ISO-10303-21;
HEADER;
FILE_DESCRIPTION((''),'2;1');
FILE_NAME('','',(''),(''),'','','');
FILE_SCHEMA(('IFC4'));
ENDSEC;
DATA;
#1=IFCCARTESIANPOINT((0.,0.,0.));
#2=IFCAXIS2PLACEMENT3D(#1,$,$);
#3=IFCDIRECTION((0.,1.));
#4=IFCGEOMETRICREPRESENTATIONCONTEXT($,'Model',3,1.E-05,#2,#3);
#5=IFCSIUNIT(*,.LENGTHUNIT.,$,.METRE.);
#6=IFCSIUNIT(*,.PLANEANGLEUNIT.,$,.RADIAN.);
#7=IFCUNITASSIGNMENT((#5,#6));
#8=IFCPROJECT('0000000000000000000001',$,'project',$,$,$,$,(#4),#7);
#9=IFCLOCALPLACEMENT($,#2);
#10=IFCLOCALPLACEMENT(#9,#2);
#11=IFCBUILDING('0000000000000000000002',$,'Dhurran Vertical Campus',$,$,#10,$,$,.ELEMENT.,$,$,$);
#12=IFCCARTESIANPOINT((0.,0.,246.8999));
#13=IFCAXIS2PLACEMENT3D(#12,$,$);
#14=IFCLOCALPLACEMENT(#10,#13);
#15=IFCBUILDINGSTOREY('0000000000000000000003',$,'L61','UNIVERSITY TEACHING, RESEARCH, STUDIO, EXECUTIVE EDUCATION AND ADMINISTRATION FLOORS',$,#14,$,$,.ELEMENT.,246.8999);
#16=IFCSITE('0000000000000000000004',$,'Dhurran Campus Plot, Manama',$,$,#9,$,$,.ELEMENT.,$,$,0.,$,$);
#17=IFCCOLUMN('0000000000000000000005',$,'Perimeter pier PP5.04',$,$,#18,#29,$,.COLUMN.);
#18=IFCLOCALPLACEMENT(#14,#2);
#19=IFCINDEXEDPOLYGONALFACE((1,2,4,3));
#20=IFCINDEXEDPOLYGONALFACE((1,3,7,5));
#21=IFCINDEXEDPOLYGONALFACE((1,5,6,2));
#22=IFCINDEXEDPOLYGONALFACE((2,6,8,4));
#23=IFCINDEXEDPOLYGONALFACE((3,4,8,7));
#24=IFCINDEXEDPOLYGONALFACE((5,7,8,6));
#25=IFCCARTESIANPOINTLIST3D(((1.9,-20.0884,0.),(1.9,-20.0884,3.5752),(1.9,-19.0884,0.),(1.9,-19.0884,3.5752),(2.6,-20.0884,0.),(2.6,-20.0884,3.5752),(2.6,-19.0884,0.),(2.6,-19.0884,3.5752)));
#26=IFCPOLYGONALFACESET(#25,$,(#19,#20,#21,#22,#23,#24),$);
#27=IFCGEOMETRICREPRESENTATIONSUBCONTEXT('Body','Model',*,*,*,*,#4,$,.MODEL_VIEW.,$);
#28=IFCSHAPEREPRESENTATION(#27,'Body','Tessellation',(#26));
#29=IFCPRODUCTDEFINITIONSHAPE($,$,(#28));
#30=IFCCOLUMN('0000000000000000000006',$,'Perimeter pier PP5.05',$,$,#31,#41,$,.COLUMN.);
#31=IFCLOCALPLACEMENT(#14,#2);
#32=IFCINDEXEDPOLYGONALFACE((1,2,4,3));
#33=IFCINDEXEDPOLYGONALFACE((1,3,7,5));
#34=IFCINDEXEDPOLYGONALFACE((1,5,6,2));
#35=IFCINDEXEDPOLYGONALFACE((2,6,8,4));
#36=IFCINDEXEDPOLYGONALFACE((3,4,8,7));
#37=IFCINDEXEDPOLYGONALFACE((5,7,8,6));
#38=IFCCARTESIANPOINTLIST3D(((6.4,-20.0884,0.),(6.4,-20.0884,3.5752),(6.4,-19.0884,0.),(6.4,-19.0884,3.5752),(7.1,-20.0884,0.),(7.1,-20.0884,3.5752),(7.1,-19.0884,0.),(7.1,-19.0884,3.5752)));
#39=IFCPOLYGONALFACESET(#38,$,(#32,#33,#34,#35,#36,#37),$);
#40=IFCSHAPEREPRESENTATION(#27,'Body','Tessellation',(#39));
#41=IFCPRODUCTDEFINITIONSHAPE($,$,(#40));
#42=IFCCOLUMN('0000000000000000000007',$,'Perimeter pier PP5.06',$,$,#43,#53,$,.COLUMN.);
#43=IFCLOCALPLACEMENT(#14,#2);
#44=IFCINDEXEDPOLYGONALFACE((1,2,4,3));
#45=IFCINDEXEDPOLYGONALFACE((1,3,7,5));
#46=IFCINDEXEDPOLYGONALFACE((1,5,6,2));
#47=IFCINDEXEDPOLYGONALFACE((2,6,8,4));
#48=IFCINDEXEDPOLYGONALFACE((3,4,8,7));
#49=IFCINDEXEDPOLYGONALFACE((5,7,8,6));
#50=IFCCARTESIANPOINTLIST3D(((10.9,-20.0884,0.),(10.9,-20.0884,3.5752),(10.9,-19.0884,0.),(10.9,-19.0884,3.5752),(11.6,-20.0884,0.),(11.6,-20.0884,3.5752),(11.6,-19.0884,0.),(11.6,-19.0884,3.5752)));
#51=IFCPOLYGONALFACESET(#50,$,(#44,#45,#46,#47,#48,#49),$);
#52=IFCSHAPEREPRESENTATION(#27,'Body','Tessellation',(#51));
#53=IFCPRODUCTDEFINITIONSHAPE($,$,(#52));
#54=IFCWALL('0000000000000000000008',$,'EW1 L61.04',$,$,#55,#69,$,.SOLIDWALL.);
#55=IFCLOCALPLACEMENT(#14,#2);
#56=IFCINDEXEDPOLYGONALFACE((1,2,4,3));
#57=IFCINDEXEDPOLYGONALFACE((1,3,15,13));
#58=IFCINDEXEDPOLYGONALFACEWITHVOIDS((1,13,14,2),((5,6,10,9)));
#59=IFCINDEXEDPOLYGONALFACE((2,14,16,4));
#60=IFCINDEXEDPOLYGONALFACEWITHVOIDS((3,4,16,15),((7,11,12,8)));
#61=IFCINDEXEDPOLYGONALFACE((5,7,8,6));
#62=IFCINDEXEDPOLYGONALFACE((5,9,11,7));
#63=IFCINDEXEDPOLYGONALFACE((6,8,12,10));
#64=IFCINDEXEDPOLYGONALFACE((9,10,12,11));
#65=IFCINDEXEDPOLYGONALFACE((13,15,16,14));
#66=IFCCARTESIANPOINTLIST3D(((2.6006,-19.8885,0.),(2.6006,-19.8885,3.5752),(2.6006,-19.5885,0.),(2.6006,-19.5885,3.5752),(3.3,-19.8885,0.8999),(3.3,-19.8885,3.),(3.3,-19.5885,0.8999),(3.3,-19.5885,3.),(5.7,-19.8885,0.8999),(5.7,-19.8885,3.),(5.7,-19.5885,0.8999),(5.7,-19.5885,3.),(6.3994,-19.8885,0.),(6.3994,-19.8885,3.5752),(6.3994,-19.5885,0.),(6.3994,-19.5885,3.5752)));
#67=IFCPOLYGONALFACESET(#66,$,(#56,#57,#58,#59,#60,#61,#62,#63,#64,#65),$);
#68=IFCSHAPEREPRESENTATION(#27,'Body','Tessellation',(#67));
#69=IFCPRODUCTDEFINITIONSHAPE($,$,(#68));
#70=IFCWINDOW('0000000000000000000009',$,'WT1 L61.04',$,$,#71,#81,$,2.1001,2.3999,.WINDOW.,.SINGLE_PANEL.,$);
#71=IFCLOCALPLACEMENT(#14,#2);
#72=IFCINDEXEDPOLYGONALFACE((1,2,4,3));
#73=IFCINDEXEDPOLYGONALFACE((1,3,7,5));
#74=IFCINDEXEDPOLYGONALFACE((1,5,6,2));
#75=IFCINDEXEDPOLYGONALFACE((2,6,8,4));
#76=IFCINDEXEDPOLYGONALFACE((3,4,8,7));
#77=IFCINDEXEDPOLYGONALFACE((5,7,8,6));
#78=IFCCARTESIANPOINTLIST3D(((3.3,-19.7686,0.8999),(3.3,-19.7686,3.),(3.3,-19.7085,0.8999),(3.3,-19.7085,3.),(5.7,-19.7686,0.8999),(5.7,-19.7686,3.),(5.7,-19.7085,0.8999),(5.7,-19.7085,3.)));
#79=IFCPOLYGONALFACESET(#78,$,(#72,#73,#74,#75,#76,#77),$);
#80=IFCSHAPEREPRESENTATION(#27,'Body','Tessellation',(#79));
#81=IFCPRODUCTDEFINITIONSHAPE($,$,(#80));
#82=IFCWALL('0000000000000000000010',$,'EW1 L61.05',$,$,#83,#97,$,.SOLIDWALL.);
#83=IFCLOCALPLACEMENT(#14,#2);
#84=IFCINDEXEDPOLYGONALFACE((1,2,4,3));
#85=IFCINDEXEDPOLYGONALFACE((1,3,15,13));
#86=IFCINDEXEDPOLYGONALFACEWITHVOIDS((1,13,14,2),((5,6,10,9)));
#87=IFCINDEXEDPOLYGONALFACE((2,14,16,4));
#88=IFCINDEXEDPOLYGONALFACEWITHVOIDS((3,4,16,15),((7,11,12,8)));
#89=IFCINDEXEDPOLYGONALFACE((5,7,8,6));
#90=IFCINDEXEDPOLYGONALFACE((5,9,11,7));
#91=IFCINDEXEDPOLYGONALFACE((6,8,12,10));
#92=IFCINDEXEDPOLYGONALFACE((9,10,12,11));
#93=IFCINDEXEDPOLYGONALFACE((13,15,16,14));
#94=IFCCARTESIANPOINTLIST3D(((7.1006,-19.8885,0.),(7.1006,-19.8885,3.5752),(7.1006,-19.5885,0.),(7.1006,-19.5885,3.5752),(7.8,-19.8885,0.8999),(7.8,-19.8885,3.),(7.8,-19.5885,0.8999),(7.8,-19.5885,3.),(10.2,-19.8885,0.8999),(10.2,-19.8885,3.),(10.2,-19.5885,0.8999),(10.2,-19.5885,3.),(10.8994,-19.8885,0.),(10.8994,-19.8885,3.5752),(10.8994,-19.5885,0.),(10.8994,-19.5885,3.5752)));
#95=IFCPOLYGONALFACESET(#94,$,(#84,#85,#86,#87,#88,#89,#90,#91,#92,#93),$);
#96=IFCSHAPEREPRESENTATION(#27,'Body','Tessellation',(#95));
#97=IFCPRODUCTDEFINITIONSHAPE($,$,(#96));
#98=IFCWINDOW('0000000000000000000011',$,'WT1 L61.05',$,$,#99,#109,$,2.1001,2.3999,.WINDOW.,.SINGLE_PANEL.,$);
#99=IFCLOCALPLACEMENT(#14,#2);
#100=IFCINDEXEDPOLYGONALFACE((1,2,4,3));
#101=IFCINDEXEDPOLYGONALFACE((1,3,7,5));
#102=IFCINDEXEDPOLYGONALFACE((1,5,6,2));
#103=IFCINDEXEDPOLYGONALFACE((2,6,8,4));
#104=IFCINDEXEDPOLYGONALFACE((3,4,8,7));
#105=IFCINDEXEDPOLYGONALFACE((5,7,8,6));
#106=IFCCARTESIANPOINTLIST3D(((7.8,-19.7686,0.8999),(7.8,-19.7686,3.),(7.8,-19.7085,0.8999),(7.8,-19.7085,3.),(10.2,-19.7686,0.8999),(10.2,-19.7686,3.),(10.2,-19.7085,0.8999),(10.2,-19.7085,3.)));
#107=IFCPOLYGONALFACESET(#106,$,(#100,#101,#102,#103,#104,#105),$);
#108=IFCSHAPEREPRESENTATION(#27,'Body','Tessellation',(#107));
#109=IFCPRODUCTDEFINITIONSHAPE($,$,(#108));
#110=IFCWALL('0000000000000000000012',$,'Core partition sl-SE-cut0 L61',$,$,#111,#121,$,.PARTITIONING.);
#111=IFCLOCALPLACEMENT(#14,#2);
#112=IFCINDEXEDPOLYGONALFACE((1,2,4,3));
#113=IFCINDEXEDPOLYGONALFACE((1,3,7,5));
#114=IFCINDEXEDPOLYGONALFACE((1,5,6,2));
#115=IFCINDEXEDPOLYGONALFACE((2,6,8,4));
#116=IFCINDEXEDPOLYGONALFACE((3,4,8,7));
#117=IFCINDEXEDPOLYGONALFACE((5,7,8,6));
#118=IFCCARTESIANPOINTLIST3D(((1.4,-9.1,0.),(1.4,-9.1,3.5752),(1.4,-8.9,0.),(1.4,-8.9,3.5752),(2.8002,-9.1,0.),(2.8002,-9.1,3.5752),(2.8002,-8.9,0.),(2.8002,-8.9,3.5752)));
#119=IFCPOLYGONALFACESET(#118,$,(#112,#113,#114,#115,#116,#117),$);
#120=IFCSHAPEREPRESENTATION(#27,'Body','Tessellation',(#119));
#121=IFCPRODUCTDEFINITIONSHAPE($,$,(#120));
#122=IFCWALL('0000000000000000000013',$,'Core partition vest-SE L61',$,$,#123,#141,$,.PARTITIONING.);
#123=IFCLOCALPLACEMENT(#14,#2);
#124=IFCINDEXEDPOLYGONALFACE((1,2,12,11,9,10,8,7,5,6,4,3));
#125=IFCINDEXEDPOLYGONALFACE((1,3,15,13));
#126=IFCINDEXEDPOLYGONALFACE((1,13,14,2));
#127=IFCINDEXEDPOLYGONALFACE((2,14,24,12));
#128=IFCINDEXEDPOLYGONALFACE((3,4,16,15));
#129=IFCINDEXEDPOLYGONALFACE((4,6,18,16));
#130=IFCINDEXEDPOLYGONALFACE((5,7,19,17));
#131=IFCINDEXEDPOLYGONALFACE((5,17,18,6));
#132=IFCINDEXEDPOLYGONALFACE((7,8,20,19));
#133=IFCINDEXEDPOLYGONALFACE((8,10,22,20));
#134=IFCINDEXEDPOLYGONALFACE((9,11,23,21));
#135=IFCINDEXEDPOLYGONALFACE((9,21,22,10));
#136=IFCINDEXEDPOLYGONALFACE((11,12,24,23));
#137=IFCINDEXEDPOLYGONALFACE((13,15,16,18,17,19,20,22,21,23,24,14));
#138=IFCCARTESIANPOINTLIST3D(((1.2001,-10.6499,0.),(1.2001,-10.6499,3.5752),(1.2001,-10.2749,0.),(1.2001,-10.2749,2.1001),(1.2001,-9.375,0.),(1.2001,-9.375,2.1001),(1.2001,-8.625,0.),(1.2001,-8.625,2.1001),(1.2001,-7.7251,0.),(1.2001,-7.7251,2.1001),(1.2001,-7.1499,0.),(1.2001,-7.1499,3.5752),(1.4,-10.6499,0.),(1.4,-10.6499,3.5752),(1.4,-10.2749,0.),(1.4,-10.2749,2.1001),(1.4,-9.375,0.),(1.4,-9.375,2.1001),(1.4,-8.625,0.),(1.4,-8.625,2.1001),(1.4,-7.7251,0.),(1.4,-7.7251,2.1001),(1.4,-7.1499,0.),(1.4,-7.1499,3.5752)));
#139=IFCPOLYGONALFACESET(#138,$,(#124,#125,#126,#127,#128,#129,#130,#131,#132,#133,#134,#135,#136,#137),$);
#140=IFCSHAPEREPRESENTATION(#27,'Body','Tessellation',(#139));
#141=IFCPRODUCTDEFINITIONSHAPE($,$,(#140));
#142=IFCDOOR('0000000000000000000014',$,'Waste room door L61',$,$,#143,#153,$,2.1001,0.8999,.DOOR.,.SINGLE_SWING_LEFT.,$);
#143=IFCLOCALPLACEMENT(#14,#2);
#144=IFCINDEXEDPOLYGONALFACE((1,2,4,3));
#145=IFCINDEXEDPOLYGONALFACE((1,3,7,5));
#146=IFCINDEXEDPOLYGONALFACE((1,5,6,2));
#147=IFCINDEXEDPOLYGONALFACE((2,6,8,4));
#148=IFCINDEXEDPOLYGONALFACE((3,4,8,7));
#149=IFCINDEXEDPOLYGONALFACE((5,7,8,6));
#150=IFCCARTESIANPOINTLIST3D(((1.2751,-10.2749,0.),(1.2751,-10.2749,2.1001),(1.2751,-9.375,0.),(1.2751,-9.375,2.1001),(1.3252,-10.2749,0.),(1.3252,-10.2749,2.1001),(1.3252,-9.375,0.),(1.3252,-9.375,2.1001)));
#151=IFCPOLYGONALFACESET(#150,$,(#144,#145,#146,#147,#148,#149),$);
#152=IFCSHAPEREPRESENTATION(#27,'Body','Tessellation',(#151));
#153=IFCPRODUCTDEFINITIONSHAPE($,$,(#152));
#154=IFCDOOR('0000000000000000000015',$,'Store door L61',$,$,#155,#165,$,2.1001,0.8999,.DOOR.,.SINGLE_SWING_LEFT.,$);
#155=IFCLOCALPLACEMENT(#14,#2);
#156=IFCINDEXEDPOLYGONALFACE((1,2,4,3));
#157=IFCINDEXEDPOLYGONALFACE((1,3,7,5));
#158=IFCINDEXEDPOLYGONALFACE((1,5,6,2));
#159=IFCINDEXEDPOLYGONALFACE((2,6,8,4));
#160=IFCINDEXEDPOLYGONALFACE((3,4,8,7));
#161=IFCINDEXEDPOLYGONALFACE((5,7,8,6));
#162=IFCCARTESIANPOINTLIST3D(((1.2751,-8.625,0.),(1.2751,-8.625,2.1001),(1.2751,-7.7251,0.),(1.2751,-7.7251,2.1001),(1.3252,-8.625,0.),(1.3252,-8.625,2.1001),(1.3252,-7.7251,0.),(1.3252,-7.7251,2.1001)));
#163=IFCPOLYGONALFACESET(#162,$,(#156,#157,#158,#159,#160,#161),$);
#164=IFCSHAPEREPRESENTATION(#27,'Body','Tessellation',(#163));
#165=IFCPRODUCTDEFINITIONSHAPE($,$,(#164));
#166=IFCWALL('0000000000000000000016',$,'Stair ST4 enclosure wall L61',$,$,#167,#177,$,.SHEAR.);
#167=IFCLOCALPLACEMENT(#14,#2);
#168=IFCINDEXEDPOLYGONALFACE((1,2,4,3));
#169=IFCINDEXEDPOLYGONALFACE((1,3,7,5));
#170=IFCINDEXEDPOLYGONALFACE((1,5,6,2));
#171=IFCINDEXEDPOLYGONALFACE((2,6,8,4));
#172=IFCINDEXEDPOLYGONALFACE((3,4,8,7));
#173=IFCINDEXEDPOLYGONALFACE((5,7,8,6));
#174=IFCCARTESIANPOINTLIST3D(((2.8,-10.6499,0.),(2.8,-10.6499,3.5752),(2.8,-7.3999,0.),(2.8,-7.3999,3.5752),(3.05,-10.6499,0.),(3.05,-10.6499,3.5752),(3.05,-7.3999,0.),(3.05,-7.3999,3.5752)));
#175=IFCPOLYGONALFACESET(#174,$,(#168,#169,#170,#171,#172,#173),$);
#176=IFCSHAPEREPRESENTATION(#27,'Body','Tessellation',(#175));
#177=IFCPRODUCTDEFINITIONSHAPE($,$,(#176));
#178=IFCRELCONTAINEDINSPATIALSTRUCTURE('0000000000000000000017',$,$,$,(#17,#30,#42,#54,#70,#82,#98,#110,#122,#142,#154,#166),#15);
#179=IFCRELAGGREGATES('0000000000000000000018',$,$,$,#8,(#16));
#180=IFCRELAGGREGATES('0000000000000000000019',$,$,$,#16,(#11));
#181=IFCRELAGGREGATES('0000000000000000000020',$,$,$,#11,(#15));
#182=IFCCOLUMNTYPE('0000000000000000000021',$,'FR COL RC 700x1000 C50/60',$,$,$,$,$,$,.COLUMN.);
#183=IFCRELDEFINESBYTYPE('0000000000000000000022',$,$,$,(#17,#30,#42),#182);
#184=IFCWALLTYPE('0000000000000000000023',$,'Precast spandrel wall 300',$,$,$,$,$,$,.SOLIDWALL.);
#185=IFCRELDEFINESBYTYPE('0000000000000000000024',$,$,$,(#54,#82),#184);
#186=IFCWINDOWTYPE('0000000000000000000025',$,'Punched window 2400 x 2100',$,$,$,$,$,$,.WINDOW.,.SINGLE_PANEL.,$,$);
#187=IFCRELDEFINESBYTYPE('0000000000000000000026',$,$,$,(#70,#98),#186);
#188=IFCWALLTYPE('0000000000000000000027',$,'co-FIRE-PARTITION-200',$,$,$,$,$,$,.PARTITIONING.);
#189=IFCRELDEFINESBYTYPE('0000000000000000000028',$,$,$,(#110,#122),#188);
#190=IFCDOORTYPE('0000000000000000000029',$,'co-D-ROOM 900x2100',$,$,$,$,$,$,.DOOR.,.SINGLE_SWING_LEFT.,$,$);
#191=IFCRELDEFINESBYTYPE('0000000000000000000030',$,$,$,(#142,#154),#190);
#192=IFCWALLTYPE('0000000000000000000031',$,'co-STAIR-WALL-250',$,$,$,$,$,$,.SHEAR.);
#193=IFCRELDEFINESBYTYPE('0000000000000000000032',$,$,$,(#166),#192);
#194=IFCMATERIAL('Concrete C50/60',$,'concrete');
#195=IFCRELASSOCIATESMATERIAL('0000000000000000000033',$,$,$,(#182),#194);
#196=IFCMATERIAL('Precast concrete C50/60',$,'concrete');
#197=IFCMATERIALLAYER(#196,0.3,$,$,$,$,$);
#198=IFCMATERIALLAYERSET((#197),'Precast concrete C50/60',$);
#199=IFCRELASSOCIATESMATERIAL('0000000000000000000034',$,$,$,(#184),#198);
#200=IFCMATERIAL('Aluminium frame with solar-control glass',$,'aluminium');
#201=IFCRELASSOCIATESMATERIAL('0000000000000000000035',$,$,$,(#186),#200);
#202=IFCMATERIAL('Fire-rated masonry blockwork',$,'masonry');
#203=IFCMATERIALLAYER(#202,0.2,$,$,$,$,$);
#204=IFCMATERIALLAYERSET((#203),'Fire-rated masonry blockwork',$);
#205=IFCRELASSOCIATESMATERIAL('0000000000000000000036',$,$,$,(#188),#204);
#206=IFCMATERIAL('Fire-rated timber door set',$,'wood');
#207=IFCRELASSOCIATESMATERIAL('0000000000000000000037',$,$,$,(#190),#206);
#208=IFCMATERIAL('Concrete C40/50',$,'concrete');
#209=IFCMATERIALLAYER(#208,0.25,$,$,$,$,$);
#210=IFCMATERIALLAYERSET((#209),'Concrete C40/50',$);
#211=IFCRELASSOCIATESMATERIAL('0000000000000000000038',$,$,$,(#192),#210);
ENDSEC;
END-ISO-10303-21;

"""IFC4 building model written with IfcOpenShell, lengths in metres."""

from ifc_helpers import new_model, si_unit, direction, frame, frame_2d, origin, origin_2d, place, context, subcontext, project, spatial, rectangle, extrude, material, layer, layer_set, material_profile, profile_set, type_object, element, fill, save


model = new_model("IFC4")

# Units and contexts
model_context = context("Model", 3, precision=1e-05, world=origin(), true_north=direction((0.0, 1.0)))
body_context = subcontext(model_context, "Body", "Model", "MODEL_VIEW")
ifc_project = project(units=[si_unit("LENGTHUNIT", "METRE"), si_unit("PLANEANGLEUNIT", "RADIAN")], contexts=[model_context])

# Site, building, storey
site_placement = place(None, origin())
site = spatial("IfcSite", under=ifc_project, at=site_placement, Name="Dhurran Campus Plot, Manama", CompositionType="ELEMENT", RefElevation=0.0)
building_placement = place(site_placement, origin())
building = spatial("IfcBuilding", under=site, at=building_placement, Name="Dhurran Vertical Campus", CompositionType="ELEMENT")
storey_placement = place(building_placement, frame((0.0, 0.0, 246.8999)))
storey = spatial("IfcBuildingStorey", under=building, at=storey_placement, Name="L61", Description="UNIVERSITY TEACHING, RESEARCH, STUDIO, EXECUTIVE EDUCATION AND ADMINISTRATION FLOORS", CompositionType="ELEMENT", Elevation=246.8999)

# Columns
ifc_material_1 = material(Name="Concrete C50/60", Category="concrete")
ifc_material_profile = material_profile(ifc_material_1, rectangle(XDim=0.7, YDim=1.0, at=origin_2d()), Name="RC 700x1000")
ifc_profile_set = profile_set([ifc_material_profile], Name="Concrete C50/60")
column_type = type_object("IfcColumnType", Name="FR COL RC 700x1000 C50/60", PredefinedType="COLUMN", material=ifc_profile_set)
for number, where, z_axis, x_axis, name in (
    (1, (2.25, -19.5884, 0.0), (0.0, 0.0, 1.0), (1.0, 0.0, 0.0), "Perimeter pier PP5.04"),
    (2, (6.75, -19.5884, 0.0), (0.0, 0.0, 1.0), (1.0, 0.0, 0.0), "Perimeter pier PP5.05"),
    (3, (11.25, -19.5884, 0.0), (0.0, 0.0, 1.0), (1.0, 0.0, 0.0), "Perimeter pier PP5.06"),
):
    element("IfcColumn", number, at=place(storey_placement, frame(where, z_axis=z_axis, x_axis=x_axis)), inside=storey, type_object=column_type, Name=name, PredefinedType="COLUMN", context=body_context, shape_type="SweptSolid", body=[
        extrude(rectangle(XDim=0.7, YDim=1.0, at=origin_2d()), origin(), (0.0, 0.0, 1.0), 3.5752),
    ])

# Walls, openings, windows
ifc_material_2 = material(Name="Precast concrete C50/60", Category="concrete")
ifc_layer_1 = layer(ifc_material_2, 0.3)
ifc_layer_set_1 = layer_set([ifc_layer_1], Name="Precast concrete C50/60")
wall_type_1 = type_object("IfcWallType", Name="Precast spandrel wall 300", PredefinedType="SOLIDWALL", material=ifc_layer_set_1)
wall_1_placement = place(storey_placement, frame((2.6006, -19.7385, 0.0), z_axis=(0.0, 0.0, 1.0), x_axis=(1.0, 0.0, 0.0)))
wall_1 = element("IfcWall", 4, at=wall_1_placement, inside=storey, type_object=wall_type_1, Name="EW1 L61.04", PredefinedType="SOLIDWALL", context=body_context, shape_type="SweptSolid", body=[
    extrude(rectangle(XDim=3.7988, YDim=0.3, at=frame_2d((1.8994, 0.0))), origin(), (0.0, 0.0, 1.0), 3.5752),
])
opening_1_placement = place(wall_1_placement, frame((0.6995, 0.0, 0.8999)))
opening_1 = element("IfcOpeningElement", 5, at=opening_1_placement, cuts=wall_1, PredefinedType="OPENING", context=body_context, shape_type="SweptSolid", body=[
    extrude(rectangle(XDim=2.3999, YDim=2.1001, at=frame_2d((1.2, 1.05))), frame((0.0, 0.1599, 0.0), z_axis=(0.0, -1.0, 0.0), x_axis=(1.0, 0.0, 0.0)), (0.0, 0.0, 1.0), 0.3201),
])
ifc_material_3 = material(Name="Aluminium frame with solar-control glass", Category="aluminium")
window_type = type_object("IfcWindowType", Name="Punched window 2400 x 2100", PartitioningType="SINGLE_PANEL", PredefinedType="WINDOW", material=ifc_material_3)
window_1_placement = place(opening_1_placement, origin())
window_1 = element("IfcWindow", 6, at=window_1_placement, inside=storey, type_object=window_type, Name="WT1 L61.04", OverallHeight=2.1001, OverallWidth=2.3999, PartitioningType="SINGLE_PANEL", PredefinedType="WINDOW", context=body_context, shape_type="SweptSolid", body=[
    extrude(rectangle(XDim=2.3999, YDim=2.1001, at=frame_2d((1.2, 1.05))), frame((0.0, 0.03, 0.0), z_axis=(0.0, -1.0, 0.0), x_axis=(1.0, 0.0, 0.0)), (0.0, 0.0, 1.0), 0.0601),
])
fill(opening_1, window_1)
wall_2_placement = place(storey_placement, frame((7.1006, -19.7385, 0.0), z_axis=(0.0, 0.0, 1.0), x_axis=(1.0, 0.0, 0.0)))
wall_2 = element("IfcWall", 7, at=wall_2_placement, inside=storey, type_object=wall_type_1, Name="EW1 L61.05", PredefinedType="SOLIDWALL", context=body_context, shape_type="SweptSolid", body=[
    extrude(rectangle(XDim=3.7988, YDim=0.3, at=frame_2d((1.8994, 0.0))), origin(), (0.0, 0.0, 1.0), 3.5752),
])
opening_2_placement = place(wall_2_placement, frame((0.6995, 0.0, 0.8999)))
opening_2 = element("IfcOpeningElement", 8, at=opening_2_placement, cuts=wall_2, PredefinedType="OPENING", context=body_context, shape_type="SweptSolid", body=[
    extrude(rectangle(XDim=2.3999, YDim=2.1001, at=frame_2d((1.2, 1.05))), frame((0.0, 0.1599, 0.0), z_axis=(0.0, -1.0, 0.0), x_axis=(1.0, 0.0, 0.0)), (0.0, 0.0, 1.0), 0.3201),
])
window_2_placement = place(opening_2_placement, origin())
window_2 = element("IfcWindow", 9, at=window_2_placement, inside=storey, type_object=window_type, Name="WT1 L61.05", OverallHeight=2.1001, OverallWidth=2.3999, PartitioningType="SINGLE_PANEL", PredefinedType="WINDOW", context=body_context, shape_type="SweptSolid", body=[
    extrude(rectangle(XDim=2.3999, YDim=2.1001, at=frame_2d((1.2, 1.05))), frame((0.0, 0.03, 0.0), z_axis=(0.0, -1.0, 0.0), x_axis=(1.0, 0.0, 0.0)), (0.0, 0.0, 1.0), 0.0601),
])
fill(opening_2, window_2)

# Wall
ifc_material_4 = material(Name="Fire-rated masonry blockwork", Category="masonry")
ifc_layer_2 = layer(ifc_material_4, 0.2)
ifc_layer_set_2 = layer_set([ifc_layer_2], Name="Fire-rated masonry blockwork")
wall_type_2 = type_object("IfcWallType", Name="co-FIRE-PARTITION-200", PredefinedType="PARTITIONING", material=ifc_layer_set_2)
wall_3_placement = place(storey_placement, frame((1.3999, -9.0, 0.0), z_axis=(0.0, 0.0, 1.0), x_axis=(1.0, 0.0, 0.0)))
element("IfcWall", 10, at=wall_3_placement, inside=storey, type_object=wall_type_2, Name="Core partition sl-SE-cut0 L61", PredefinedType="PARTITIONING", context=body_context, shape_type="SweptSolid", body=[
    extrude(rectangle(XDim=1.4001, YDim=0.2, at=frame_2d((0.7002, 0.0))), origin(), (0.0, 0.0, 1.0), 3.5752),
])

# Wall, openings, doors
wall_4_placement = place(storey_placement, frame((1.3, -10.6499, 0.0), z_axis=(0.0, 0.0, 1.0), x_axis=(0.0, 1.0, 0.0)))
wall_4 = element("IfcWall", 11, at=wall_4_placement, inside=storey, type_object=wall_type_2, Name="Core partition vest-SE L61", PredefinedType="PARTITIONING", context=body_context, shape_type="SweptSolid", body=[
    extrude(rectangle(XDim=3.5, YDim=0.2, at=frame_2d((1.75, 0.0))), origin(), (0.0, 0.0, 1.0), 3.5752),
])
opening_3_placement = place(wall_4_placement, frame((0.375, 0.0, 0.0)))
opening_3 = element("IfcOpeningElement", 12, at=opening_3_placement, cuts=wall_4, PredefinedType="OPENING", context=body_context, shape_type="SweptSolid", body=[
    extrude(rectangle(XDim=0.8999, YDim=2.1001, at=frame_2d((0.45, 1.05))), frame((0.0, 0.1099, 0.0), z_axis=(0.0, -1.0, 0.0), x_axis=(1.0, 0.0, 0.0)), (0.0, 0.0, 1.0), 0.22),
])
opening_4_placement = place(wall_4_placement, frame((2.0249, 0.0, 0.0)))
opening_4 = element("IfcOpeningElement", 13, at=opening_4_placement, cuts=wall_4, PredefinedType="OPENING", context=body_context, shape_type="SweptSolid", body=[
    extrude(rectangle(XDim=0.8999, YDim=2.1001, at=frame_2d((0.45, 1.05))), frame((0.0, 0.1099, 0.0), z_axis=(0.0, -1.0, 0.0), x_axis=(1.0, 0.0, 0.0)), (0.0, 0.0, 1.0), 0.22),
])
ifc_material_5 = material(Name="Fire-rated timber door set", Category="wood")
door_type = type_object("IfcDoorType", Name="co-D-ROOM 900x2100", OperationType="SINGLE_SWING_LEFT", PredefinedType="DOOR", material=ifc_material_5)
door_1_placement = place(opening_3_placement, origin())
door_1 = element("IfcDoor", 14, at=door_1_placement, inside=storey, type_object=door_type, Name="Waste room door L61", OperationType="SINGLE_SWING_LEFT", OverallHeight=2.1001, OverallWidth=0.8999, PredefinedType="DOOR", context=body_context, shape_type="SweptSolid", body=[
    extrude(rectangle(XDim=0.8999, YDim=2.1001, at=frame_2d((0.45, 1.05))), frame((0.0, 0.0249, 0.0), z_axis=(0.0, -1.0, 0.0), x_axis=(1.0, 0.0, 0.0)), (0.0, 0.0, 1.0), 0.05),
])
fill(opening_3, door_1)
door_2_placement = place(opening_4_placement, origin())
door_2 = element("IfcDoor", 15, at=door_2_placement, inside=storey, type_object=door_type, Name="Store door L61", OperationType="SINGLE_SWING_LEFT", OverallHeight=2.1001, OverallWidth=0.8999, PredefinedType="DOOR", context=body_context, shape_type="SweptSolid", body=[
    extrude(rectangle(XDim=0.8999, YDim=2.1001, at=frame_2d((0.45, 1.05))), frame((0.0, 0.0249, 0.0), z_axis=(0.0, -1.0, 0.0), x_axis=(1.0, 0.0, 0.0)), (0.0, 0.0, 1.0), 0.05),
])
fill(opening_4, door_2)

# Wall
ifc_material_6 = material(Name="Concrete C40/50", Category="concrete")
ifc_layer_3 = layer(ifc_material_6, 0.25)
ifc_layer_set_3 = layer_set([ifc_layer_3], Name="Concrete C40/50")
wall_type_3 = type_object("IfcWallType", Name="co-STAIR-WALL-250", PredefinedType="SHEAR", material=ifc_layer_set_3)
wall_5_placement = place(storey_placement, frame((2.925, -10.6499, 0.0), z_axis=(0.0, 0.0, 1.0), x_axis=(0.0, 1.0, 0.0)))
element("IfcWall", 16, at=wall_5_placement, inside=storey, type_object=wall_type_3, Name="Stair ST4 enclosure wall L61", PredefinedType="SHEAR", context=body_context, shape_type="SweptSolid", body=[
    extrude(rectangle(XDim=3.25, YDim=0.25, at=frame_2d((1.625, 0.0))), origin(), (0.0, 0.0, 1.0), 3.5752),
])

save(model, "model.ifc")
